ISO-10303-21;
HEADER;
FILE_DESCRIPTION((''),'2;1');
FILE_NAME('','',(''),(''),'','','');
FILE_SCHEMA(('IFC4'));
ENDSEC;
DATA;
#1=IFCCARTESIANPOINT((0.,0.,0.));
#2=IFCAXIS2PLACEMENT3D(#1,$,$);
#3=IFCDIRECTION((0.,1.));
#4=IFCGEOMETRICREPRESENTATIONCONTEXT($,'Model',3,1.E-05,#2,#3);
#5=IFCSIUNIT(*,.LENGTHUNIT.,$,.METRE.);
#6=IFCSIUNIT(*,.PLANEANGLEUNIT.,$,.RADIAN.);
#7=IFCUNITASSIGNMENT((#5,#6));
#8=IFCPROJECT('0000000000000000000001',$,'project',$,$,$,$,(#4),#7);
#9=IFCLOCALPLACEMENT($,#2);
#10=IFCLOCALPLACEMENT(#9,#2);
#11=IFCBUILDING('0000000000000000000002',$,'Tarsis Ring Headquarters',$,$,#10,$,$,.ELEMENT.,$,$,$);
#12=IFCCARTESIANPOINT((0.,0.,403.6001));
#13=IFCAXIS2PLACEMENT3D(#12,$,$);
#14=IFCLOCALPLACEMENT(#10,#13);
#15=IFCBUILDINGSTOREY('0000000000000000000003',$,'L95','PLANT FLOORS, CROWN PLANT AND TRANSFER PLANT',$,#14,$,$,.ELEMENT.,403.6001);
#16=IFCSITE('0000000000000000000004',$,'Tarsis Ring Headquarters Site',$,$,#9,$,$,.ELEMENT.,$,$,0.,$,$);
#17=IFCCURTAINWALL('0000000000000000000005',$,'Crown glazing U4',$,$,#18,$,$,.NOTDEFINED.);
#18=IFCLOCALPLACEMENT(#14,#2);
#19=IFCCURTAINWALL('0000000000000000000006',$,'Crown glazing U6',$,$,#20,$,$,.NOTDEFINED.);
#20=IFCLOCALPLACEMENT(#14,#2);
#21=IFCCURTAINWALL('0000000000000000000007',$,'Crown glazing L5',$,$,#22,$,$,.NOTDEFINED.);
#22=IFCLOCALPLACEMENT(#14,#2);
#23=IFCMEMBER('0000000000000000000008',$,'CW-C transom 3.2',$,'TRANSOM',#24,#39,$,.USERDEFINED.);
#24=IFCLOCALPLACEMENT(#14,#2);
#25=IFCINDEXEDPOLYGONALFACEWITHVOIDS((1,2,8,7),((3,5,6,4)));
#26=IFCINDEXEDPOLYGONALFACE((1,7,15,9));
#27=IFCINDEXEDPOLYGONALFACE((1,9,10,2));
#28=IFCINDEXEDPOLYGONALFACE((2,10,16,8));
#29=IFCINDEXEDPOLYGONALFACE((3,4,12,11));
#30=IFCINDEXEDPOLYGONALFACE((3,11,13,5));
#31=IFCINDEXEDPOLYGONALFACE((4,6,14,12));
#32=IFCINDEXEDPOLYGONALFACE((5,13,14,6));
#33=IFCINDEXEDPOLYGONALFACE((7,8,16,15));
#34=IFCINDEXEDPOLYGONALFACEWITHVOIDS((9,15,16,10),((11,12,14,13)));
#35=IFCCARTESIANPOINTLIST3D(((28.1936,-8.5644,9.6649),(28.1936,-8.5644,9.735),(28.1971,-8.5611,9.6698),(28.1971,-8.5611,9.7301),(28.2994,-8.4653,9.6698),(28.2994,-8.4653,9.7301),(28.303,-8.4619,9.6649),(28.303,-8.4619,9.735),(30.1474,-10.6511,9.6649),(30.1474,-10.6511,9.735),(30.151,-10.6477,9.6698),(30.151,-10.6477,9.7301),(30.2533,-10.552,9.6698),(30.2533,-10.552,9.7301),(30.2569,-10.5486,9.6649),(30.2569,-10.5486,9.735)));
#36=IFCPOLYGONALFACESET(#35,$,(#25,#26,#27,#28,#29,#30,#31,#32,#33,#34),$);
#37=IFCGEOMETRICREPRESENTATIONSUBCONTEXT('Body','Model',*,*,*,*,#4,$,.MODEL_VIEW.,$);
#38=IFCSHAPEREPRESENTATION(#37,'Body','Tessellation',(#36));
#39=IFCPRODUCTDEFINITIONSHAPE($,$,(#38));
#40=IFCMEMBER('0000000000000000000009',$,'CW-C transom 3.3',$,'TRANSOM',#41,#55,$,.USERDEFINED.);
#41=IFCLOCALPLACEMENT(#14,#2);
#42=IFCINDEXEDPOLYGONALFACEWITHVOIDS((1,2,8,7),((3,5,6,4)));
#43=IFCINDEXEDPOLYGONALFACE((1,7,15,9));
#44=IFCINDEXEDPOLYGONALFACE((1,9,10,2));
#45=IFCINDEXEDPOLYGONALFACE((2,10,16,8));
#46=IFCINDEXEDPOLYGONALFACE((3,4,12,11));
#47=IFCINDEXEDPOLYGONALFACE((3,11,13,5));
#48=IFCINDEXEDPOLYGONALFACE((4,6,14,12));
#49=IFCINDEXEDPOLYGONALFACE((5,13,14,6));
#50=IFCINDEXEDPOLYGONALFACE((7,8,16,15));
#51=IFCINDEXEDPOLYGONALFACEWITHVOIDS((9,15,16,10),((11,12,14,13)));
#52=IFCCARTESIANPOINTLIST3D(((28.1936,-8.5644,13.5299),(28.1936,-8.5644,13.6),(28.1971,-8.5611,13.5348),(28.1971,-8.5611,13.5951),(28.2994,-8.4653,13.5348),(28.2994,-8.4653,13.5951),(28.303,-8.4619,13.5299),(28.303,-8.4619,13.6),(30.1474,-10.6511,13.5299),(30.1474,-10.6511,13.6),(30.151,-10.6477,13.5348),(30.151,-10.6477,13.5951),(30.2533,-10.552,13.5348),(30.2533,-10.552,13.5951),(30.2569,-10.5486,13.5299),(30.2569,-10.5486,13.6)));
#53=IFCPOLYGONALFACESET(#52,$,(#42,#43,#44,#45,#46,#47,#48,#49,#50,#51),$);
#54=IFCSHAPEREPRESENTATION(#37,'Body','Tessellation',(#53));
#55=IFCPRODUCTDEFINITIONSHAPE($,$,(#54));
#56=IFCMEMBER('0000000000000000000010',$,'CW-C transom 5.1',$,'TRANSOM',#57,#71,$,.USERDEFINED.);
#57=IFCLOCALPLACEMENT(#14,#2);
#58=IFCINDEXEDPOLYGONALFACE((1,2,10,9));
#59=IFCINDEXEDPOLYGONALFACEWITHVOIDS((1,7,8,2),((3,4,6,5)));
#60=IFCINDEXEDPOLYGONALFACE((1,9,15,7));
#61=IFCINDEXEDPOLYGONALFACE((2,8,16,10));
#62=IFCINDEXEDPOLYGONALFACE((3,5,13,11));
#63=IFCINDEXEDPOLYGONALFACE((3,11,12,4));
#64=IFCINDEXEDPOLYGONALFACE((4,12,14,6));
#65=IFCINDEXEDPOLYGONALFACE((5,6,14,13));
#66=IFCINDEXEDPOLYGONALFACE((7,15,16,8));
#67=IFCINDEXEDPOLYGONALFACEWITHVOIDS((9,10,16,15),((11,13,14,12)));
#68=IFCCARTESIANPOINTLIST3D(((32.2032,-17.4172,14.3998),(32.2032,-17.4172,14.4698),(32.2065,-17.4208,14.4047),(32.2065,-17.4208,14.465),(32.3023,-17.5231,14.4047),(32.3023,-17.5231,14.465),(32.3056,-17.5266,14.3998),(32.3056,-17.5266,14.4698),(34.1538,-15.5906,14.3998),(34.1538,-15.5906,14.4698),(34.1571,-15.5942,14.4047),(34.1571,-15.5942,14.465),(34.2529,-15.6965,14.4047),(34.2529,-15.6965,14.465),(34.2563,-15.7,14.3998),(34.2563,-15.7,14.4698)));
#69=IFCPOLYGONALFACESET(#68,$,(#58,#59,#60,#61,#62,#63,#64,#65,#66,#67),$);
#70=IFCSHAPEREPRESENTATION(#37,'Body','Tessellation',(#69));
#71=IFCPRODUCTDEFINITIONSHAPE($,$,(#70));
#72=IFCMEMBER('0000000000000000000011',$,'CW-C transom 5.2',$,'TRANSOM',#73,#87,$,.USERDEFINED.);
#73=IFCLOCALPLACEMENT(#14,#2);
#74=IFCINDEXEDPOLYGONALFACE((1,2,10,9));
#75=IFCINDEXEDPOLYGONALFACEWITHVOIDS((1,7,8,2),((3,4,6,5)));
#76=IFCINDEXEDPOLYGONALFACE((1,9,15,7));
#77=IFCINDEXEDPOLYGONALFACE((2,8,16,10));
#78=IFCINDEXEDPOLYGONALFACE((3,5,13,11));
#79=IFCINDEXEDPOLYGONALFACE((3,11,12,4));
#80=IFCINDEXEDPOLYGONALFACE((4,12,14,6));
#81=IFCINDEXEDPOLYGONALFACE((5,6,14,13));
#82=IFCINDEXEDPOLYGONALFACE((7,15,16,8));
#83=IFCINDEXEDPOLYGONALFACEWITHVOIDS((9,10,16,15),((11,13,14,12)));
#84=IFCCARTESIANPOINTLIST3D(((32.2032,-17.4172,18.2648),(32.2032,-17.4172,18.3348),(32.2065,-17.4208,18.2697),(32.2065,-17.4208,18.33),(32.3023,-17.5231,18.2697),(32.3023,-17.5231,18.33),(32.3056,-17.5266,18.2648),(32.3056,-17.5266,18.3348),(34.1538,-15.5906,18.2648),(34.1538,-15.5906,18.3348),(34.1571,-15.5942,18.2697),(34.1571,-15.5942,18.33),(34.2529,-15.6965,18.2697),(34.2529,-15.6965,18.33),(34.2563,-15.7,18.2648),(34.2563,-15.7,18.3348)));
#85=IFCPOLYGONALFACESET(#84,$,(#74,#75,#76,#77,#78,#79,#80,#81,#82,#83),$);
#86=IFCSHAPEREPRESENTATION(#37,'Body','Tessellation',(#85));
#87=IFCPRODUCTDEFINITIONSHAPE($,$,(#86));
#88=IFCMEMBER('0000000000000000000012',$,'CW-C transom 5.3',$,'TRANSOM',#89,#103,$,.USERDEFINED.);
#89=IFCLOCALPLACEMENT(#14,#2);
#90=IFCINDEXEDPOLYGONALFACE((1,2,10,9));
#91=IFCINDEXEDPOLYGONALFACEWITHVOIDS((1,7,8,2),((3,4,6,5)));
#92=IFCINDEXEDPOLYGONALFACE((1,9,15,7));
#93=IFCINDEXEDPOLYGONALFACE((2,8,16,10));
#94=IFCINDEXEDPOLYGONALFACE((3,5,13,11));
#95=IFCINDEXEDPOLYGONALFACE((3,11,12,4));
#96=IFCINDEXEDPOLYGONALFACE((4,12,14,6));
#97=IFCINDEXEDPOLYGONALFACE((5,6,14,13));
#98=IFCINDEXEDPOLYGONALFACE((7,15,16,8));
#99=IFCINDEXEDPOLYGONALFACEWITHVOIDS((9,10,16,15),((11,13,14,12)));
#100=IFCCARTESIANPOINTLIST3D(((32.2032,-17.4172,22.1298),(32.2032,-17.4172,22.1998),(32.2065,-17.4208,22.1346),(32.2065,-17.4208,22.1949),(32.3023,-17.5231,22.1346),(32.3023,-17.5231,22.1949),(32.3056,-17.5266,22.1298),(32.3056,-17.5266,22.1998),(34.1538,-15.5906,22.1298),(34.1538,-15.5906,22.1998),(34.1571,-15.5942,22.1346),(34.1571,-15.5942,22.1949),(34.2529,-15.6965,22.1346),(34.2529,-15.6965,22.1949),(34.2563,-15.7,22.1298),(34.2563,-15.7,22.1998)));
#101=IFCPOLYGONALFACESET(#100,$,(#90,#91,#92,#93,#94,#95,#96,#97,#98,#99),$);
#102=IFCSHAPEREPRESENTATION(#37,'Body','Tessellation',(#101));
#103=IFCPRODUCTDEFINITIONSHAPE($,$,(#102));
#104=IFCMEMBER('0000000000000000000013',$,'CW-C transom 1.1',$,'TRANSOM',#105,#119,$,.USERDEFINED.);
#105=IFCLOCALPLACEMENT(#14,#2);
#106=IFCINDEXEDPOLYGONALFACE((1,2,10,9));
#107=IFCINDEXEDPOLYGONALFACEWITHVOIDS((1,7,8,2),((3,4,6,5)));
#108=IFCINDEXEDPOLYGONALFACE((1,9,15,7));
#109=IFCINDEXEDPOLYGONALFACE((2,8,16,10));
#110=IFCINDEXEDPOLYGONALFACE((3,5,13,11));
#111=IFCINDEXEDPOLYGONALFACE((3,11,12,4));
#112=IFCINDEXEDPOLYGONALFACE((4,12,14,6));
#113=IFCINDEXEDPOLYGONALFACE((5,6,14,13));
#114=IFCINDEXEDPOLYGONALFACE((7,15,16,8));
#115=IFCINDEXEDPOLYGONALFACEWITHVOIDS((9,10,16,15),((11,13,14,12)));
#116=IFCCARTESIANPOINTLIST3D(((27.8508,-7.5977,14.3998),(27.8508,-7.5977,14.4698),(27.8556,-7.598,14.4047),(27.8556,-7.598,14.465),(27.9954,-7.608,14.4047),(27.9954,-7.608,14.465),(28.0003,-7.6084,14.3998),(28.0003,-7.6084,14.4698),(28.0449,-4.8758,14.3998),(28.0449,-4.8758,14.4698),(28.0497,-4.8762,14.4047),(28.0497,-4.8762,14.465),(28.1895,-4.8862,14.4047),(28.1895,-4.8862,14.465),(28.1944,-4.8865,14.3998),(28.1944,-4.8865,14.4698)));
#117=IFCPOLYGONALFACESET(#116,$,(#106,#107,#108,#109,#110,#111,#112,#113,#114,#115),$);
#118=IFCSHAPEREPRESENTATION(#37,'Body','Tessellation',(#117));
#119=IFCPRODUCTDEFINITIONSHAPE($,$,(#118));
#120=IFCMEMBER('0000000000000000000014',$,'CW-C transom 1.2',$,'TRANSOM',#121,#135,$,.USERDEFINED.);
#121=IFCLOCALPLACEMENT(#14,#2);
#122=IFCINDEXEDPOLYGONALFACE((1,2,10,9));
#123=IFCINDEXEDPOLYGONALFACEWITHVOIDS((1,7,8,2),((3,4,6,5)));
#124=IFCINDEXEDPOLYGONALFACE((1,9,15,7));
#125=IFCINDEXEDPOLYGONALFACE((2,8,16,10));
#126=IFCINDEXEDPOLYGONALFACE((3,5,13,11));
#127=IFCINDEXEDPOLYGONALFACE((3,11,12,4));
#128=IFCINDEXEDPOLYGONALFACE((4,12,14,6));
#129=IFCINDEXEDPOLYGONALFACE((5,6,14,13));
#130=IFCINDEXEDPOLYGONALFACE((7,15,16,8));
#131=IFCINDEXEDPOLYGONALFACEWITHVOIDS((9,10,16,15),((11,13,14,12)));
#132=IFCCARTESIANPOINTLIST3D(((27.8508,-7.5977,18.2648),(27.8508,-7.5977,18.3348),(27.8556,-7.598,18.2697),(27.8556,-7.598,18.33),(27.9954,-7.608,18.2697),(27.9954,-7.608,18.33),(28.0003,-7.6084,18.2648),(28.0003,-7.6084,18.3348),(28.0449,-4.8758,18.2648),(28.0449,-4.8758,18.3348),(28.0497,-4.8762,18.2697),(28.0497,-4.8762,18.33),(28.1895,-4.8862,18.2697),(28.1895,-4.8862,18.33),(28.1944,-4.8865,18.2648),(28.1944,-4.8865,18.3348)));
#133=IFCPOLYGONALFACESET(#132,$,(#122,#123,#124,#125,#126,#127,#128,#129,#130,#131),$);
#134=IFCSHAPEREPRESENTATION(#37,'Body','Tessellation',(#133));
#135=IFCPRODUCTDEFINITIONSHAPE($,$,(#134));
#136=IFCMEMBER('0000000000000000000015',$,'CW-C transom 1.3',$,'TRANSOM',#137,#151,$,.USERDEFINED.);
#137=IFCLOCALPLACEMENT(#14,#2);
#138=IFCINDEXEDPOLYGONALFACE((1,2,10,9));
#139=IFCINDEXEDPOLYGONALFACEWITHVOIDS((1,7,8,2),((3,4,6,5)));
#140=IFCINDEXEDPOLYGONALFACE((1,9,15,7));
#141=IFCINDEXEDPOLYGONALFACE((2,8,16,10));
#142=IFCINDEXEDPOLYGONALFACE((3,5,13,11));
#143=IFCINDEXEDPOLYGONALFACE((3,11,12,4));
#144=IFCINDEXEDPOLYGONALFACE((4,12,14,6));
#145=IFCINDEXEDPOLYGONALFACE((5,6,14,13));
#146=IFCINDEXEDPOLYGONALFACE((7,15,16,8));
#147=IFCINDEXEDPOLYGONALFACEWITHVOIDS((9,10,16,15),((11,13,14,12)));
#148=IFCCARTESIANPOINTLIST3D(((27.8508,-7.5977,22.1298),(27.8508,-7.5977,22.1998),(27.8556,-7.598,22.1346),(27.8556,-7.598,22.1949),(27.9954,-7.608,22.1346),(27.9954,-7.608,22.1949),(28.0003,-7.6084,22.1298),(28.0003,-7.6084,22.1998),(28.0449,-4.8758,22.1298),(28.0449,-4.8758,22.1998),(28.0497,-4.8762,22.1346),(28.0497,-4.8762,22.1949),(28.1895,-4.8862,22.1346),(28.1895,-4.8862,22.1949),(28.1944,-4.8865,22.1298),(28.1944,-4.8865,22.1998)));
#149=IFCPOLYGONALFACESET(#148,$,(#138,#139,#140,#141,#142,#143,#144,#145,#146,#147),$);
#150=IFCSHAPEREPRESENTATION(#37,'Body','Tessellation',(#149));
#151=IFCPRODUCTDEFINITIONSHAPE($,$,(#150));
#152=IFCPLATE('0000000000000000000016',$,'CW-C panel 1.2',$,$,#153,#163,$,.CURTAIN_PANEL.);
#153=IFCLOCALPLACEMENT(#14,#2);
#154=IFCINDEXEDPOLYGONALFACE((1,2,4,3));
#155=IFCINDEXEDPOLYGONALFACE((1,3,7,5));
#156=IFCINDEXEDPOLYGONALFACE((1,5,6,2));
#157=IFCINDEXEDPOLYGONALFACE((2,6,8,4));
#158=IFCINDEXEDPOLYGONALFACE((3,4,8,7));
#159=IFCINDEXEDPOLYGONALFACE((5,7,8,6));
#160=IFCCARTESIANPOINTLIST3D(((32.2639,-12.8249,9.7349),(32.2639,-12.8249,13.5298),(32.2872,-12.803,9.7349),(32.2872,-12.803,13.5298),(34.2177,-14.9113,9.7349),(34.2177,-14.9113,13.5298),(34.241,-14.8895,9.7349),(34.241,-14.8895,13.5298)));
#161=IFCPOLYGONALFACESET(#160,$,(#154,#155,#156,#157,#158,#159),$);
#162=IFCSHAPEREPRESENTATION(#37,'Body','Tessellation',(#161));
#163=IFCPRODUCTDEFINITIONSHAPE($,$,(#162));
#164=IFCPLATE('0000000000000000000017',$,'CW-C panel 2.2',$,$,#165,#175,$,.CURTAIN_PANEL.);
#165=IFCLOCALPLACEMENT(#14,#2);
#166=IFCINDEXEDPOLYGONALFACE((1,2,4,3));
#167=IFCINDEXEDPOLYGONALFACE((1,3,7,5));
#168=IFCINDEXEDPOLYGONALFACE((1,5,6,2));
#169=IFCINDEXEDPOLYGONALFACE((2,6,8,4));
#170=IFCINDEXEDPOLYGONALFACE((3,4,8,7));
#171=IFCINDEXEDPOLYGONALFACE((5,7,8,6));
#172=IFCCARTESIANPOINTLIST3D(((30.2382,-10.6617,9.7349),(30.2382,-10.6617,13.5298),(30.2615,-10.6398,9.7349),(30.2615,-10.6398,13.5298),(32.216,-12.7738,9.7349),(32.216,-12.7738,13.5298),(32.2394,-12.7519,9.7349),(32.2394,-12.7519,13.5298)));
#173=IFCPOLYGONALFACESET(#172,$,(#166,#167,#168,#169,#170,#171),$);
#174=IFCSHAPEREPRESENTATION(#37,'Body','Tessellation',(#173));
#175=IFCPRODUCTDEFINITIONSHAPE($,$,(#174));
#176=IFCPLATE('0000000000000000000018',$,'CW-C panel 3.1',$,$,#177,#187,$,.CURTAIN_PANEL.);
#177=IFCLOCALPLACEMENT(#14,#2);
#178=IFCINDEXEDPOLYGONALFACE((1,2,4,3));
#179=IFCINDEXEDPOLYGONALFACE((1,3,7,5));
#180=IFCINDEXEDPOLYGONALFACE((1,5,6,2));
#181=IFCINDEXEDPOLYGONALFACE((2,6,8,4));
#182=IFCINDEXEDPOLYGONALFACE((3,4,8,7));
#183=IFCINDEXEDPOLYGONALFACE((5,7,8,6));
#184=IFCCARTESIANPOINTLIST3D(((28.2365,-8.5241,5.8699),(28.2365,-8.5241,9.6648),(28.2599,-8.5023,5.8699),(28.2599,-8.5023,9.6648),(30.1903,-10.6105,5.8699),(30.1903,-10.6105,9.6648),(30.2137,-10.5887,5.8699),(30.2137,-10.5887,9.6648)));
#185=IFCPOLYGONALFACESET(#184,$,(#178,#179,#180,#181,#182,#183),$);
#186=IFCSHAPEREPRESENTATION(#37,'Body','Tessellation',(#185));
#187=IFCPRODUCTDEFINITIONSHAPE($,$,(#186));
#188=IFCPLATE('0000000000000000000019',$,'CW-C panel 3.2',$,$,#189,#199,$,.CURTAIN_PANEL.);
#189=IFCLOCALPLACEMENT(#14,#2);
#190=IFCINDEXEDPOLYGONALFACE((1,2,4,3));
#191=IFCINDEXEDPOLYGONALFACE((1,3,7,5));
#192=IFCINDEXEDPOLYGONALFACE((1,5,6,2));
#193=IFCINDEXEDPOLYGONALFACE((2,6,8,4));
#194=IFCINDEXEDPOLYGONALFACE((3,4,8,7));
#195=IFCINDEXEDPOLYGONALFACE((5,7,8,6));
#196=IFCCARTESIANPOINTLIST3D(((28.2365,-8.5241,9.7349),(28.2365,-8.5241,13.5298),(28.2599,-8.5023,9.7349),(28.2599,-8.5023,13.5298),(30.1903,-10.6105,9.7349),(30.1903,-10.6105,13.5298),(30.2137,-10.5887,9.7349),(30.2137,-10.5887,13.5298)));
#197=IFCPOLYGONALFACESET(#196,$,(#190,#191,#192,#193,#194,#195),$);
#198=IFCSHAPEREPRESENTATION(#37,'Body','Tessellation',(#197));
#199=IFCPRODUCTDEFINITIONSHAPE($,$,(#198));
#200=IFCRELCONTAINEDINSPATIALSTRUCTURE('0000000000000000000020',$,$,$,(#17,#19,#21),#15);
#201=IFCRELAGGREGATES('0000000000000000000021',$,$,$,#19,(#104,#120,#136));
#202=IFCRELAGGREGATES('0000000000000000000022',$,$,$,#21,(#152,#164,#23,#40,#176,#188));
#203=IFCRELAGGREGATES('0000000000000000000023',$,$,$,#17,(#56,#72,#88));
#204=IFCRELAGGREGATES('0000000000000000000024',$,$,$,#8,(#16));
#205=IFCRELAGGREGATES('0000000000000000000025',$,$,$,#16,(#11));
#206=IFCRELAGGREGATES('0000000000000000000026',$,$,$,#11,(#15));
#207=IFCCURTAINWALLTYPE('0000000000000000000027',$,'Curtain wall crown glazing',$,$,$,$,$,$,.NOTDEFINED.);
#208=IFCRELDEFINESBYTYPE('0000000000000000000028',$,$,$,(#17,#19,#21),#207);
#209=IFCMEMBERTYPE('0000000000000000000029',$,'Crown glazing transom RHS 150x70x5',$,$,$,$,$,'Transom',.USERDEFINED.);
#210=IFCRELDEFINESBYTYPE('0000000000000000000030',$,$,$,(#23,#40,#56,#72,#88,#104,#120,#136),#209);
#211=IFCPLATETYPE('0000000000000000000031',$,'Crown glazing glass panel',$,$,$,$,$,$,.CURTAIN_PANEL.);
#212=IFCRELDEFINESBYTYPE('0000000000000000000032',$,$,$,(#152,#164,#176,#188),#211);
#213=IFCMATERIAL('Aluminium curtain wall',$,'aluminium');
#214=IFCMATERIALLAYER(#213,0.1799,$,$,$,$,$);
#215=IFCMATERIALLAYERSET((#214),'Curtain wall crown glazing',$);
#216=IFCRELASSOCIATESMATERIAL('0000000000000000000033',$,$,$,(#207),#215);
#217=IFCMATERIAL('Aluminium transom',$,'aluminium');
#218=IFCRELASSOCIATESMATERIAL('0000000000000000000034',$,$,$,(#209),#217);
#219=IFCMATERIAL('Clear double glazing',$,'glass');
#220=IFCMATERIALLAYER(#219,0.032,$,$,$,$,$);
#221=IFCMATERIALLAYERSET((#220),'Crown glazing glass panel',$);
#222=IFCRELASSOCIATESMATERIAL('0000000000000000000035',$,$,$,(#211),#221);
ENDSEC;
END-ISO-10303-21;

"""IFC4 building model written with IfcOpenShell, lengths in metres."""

from ifc_helpers import new_model, si_unit, direction, frame, origin, origin_2d, place, context, subcontext, project, spatial, rectangle, hollow_rectangle, extrude, material, layer, layer_set, material_profile, profile_set, type_object, element, aggregate, save


model = new_model("IFC4")

# Units and contexts
model_context = context("Model", 3, precision=1e-05, world=origin(), true_north=direction((0.0, 1.0)))
body_context = subcontext(model_context, "Body", "Model", "MODEL_VIEW")
ifc_project = project(units=[si_unit("LENGTHUNIT", "METRE"), si_unit("PLANEANGLEUNIT", "RADIAN")], contexts=[model_context])

# Site, building, storey
site_placement = place(None, origin())
site = spatial("IfcSite", under=ifc_project, at=site_placement, Name="Tarsis Ring Headquarters Site", CompositionType="ELEMENT", RefElevation=0.0)
building_placement = place(site_placement, origin())
building = spatial("IfcBuilding", under=site, at=building_placement, Name="Tarsis Ring Headquarters", CompositionType="ELEMENT")
storey_placement = place(building_placement, frame((0.0, 0.0, 403.6001)))
storey = spatial("IfcBuildingStorey", under=building, at=storey_placement, Name="L95", Description="PLANT FLOORS, CROWN PLANT AND TRANSFER PLANT", CompositionType="ELEMENT", Elevation=403.6001)

# Curtain walls
ifc_material_1 = material(Name="Aluminium curtain wall", Category="aluminium")
ifc_layer_1 = layer(ifc_material_1, 0.1799)
ifc_layer_set_1 = layer_set([ifc_layer_1], Name="Curtain wall crown glazing")
curtain_wall_type = type_object("IfcCurtainWallType", Name="Curtain wall crown glazing", PredefinedType="NOTDEFINED", material=ifc_layer_set_1)
curtain_wall_1_placement = place(storey_placement, origin())
curtain_wall_1 = element("IfcCurtainWall", 1, at=curtain_wall_1_placement, inside=storey, type_object=curtain_wall_type, Name="Crown glazing U4", PredefinedType="NOTDEFINED")
curtain_wall_2_placement = place(storey_placement, origin())
curtain_wall_2 = element("IfcCurtainWall", 2, at=curtain_wall_2_placement, inside=storey, type_object=curtain_wall_type, Name="Crown glazing U6", PredefinedType="NOTDEFINED")

# Curtain wall, members
curtain_wall_3_placement = place(storey_placement, origin())
curtain_wall_3 = element("IfcCurtainWall", 3, at=curtain_wall_3_placement, inside=storey, type_object=curtain_wall_type, Name="Crown glazing L5", PredefinedType="NOTDEFINED")
ifc_material_2 = material(Name="Aluminium transom", Category="aluminium")
ifc_material_profile_1 = material_profile(ifc_material_2, hollow_rectangle(XDim=0.1499, YDim=0.0701, WallThickness=0.0049, at=origin_2d()), Name="RHS 150x70x5")
ifc_profile_set_1 = profile_set([ifc_material_profile_1], Name="Aluminium transom")
member_type_1 = type_object("IfcMemberType", Name="Crown glazing transom RHS 150x70x5", ElementType="Transom", PredefinedType="USERDEFINED", material=ifc_profile_set_1)
member_1_placement = place(storey_placement, frame((30.2021, -10.5999, 9.7), z_axis=(-0.683495, 0.729955, 0.0), x_axis=(-0.729955, -0.683495, 0.0)))
member_1 = element("IfcMember", 4, at=member_1_placement, type_object=member_type_1, Name="CW-C transom 3.2", ObjectType="TRANSOM", PredefinedType="USERDEFINED", context=body_context, shape_type="SweptSolid", body=[
    extrude(hollow_rectangle(XDim=0.1499, YDim=0.0701, WallThickness=0.0049, at=origin_2d()), origin(), (0.0, 0.0, 1.0), 2.8586),
])
member_2_placement = place(storey_placement, frame((30.2021, -10.5999, 13.5649), z_axis=(-0.683495, 0.729955, 0.0), x_axis=(-0.729955, -0.683495, 0.0)))
member_2 = element("IfcMember", 5, at=member_2_placement, type_object=member_type_1, Name="CW-C transom 3.3", ObjectType="TRANSOM", PredefinedType="USERDEFINED", context=body_context, shape_type="SweptSolid", body=[
    extrude(hollow_rectangle(XDim=0.1499, YDim=0.0701, WallThickness=0.0049, at=origin_2d()), origin(), (0.0, 0.0, 1.0), 2.8586),
])

# Members
member_3_placement = place(storey_placement, frame((32.2544, -17.4719, 14.4348), z_axis=(0.72993, 0.683522, 0.0), x_axis=(-0.683522, 0.72993, 0.0)))
member_3 = element("IfcMember", 6, at=member_3_placement, type_object=member_type_1, Name="CW-C transom 5.1", ObjectType="TRANSOM", PredefinedType="USERDEFINED", context=body_context, shape_type="SweptSolid", body=[
    extrude(hollow_rectangle(XDim=0.1499, YDim=0.0701, WallThickness=0.0049, at=origin_2d()), origin(), (0.0, 0.0, 1.0), 2.6724),
])
member_4_placement = place(storey_placement, frame((32.2544, -17.4719, 18.2998), z_axis=(0.72993, 0.683522, 0.0), x_axis=(-0.683522, 0.72993, 0.0)))
member_4 = element("IfcMember", 7, at=member_4_placement, type_object=member_type_1, Name="CW-C transom 5.2", ObjectType="TRANSOM", PredefinedType="USERDEFINED", context=body_context, shape_type="SweptSolid", body=[
    extrude(hollow_rectangle(XDim=0.1499, YDim=0.0701, WallThickness=0.0049, at=origin_2d()), origin(), (0.0, 0.0, 1.0), 2.6724),
])
member_5_placement = place(storey_placement, frame((32.2544, -17.4719, 22.1648), z_axis=(0.72993, 0.683522, 0.0), x_axis=(-0.683522, 0.72993, 0.0)))
member_5 = element("IfcMember", 8, at=member_5_placement, type_object=member_type_1, Name="CW-C transom 5.3", ObjectType="TRANSOM", PredefinedType="USERDEFINED", context=body_context, shape_type="SweptSolid", body=[
    extrude(hollow_rectangle(XDim=0.1499, YDim=0.0701, WallThickness=0.0049, at=origin_2d()), origin(), (0.0, 0.0, 1.0), 2.6724),
])
member_6_placement = place(storey_placement, frame((27.9255, -7.603, 14.4348), z_axis=(0.071126, 0.997467, 0.0), x_axis=(-0.997467, 0.071126, 0.0)))
member_6 = element("IfcMember", 9, at=member_6_placement, type_object=member_type_1, Name="CW-C transom 1.1", ObjectType="TRANSOM", PredefinedType="USERDEFINED", context=body_context, shape_type="SweptSolid", body=[
    extrude(hollow_rectangle(XDim=0.1499, YDim=0.0701, WallThickness=0.0049, at=origin_2d()), origin(), (0.0, 0.0, 1.0), 2.7288),
])
member_7_placement = place(storey_placement, frame((27.9255, -7.603, 18.2998), z_axis=(0.071126, 0.997467, 0.0), x_axis=(-0.997467, 0.071126, 0.0)))
member_7 = element("IfcMember", 10, at=member_7_placement, type_object=member_type_1, Name="CW-C transom 1.2", ObjectType="TRANSOM", PredefinedType="USERDEFINED", context=body_context, shape_type="SweptSolid", body=[
    extrude(hollow_rectangle(XDim=0.1499, YDim=0.0701, WallThickness=0.0049, at=origin_2d()), origin(), (0.0, 0.0, 1.0), 2.7288),
])
member_8_placement = place(storey_placement, frame((27.9255, -7.603, 22.1648), z_axis=(0.071126, 0.997467, 0.0), x_axis=(-0.997467, 0.071126, 0.0)))
member_8 = element("IfcMember", 11, at=member_8_placement, type_object=member_type_1, Name="CW-C transom 1.3", ObjectType="TRANSOM", PredefinedType="USERDEFINED", context=body_context, shape_type="SweptSolid", body=[
    extrude(hollow_rectangle(XDim=0.1499, YDim=0.0701, WallThickness=0.0049, at=origin_2d()), origin(), (0.0, 0.0, 1.0), 2.7288),
])
aggregate(curtain_wall_2, [member_6, member_7, member_8])

# Plates
ifc_material_3 = material(Name="Clear double glazing", Category="glass")
ifc_layer_2 = layer(ifc_material_3, 0.032)
ifc_layer_set_2 = layer_set([ifc_layer_2], Name="Crown glazing glass panel")
plate_type = type_object("IfcPlateType", Name="Crown glazing glass panel", PredefinedType="CURTAIN_PANEL", material=ifc_layer_set_2)
plate_1_placement = place(storey_placement, frame((33.2524, -13.8572, 9.7349), z_axis=(0.0, 0.0, 1.0), x_axis=(-0.683529, 0.729924, 0.0)))
plate_1 = element("IfcPlate", 12, at=plate_1_placement, type_object=plate_type, Name="CW-C panel 1.2", PredefinedType="CURTAIN_PANEL", context=body_context, shape_type="SweptSolid", body=[
    extrude(rectangle(XDim=2.8584, YDim=0.032, at=origin_2d()), origin(), (0.0, 0.0, 1.0), 3.7949),
])
plate_2_placement = place(storey_placement, frame((31.2388, -11.7068, 9.7349), z_axis=(0.0, 0.0, 1.0), x_axis=(-0.683529, 0.729924, 0.0)))
plate_2 = element("IfcPlate", 13, at=plate_2_placement, type_object=plate_type, Name="CW-C panel 2.2", PredefinedType="CURTAIN_PANEL", context=body_context, shape_type="SweptSolid", body=[
    extrude(rectangle(XDim=2.8936, YDim=0.032, at=origin_2d()), origin(), (0.0, 0.0, 1.0), 3.7949),
])
plate_3_placement = place(storey_placement, frame((29.2251, -9.5564, 5.8699), z_axis=(0.0, 0.0, 1.0), x_axis=(-0.683529, 0.729924, 0.0)))
plate_3 = element("IfcPlate", 14, at=plate_3_placement, type_object=plate_type, Name="CW-C panel 3.1", PredefinedType="CURTAIN_PANEL", context=body_context, shape_type="SweptSolid", body=[
    extrude(rectangle(XDim=2.8584, YDim=0.032, at=origin_2d()), origin(), (0.0, 0.0, 1.0), 3.7949),
])
plate_4_placement = place(storey_placement, frame((29.2251, -9.5564, 9.7349), z_axis=(0.0, 0.0, 1.0), x_axis=(-0.683529, 0.729924, 0.0)))
plate_4 = element("IfcPlate", 15, at=plate_4_placement, type_object=plate_type, Name="CW-C panel 3.2", PredefinedType="CURTAIN_PANEL", context=body_context, shape_type="SweptSolid", body=[
    extrude(rectangle(XDim=2.8584, YDim=0.032, at=origin_2d()), origin(), (0.0, 0.0, 1.0), 3.7949),
])
aggregate(curtain_wall_3, [plate_1, plate_2, member_1, member_2, plate_3, plate_4])
aggregate(curtain_wall_1, [member_3, member_4, member_5])

save(model, "model.ifc")
